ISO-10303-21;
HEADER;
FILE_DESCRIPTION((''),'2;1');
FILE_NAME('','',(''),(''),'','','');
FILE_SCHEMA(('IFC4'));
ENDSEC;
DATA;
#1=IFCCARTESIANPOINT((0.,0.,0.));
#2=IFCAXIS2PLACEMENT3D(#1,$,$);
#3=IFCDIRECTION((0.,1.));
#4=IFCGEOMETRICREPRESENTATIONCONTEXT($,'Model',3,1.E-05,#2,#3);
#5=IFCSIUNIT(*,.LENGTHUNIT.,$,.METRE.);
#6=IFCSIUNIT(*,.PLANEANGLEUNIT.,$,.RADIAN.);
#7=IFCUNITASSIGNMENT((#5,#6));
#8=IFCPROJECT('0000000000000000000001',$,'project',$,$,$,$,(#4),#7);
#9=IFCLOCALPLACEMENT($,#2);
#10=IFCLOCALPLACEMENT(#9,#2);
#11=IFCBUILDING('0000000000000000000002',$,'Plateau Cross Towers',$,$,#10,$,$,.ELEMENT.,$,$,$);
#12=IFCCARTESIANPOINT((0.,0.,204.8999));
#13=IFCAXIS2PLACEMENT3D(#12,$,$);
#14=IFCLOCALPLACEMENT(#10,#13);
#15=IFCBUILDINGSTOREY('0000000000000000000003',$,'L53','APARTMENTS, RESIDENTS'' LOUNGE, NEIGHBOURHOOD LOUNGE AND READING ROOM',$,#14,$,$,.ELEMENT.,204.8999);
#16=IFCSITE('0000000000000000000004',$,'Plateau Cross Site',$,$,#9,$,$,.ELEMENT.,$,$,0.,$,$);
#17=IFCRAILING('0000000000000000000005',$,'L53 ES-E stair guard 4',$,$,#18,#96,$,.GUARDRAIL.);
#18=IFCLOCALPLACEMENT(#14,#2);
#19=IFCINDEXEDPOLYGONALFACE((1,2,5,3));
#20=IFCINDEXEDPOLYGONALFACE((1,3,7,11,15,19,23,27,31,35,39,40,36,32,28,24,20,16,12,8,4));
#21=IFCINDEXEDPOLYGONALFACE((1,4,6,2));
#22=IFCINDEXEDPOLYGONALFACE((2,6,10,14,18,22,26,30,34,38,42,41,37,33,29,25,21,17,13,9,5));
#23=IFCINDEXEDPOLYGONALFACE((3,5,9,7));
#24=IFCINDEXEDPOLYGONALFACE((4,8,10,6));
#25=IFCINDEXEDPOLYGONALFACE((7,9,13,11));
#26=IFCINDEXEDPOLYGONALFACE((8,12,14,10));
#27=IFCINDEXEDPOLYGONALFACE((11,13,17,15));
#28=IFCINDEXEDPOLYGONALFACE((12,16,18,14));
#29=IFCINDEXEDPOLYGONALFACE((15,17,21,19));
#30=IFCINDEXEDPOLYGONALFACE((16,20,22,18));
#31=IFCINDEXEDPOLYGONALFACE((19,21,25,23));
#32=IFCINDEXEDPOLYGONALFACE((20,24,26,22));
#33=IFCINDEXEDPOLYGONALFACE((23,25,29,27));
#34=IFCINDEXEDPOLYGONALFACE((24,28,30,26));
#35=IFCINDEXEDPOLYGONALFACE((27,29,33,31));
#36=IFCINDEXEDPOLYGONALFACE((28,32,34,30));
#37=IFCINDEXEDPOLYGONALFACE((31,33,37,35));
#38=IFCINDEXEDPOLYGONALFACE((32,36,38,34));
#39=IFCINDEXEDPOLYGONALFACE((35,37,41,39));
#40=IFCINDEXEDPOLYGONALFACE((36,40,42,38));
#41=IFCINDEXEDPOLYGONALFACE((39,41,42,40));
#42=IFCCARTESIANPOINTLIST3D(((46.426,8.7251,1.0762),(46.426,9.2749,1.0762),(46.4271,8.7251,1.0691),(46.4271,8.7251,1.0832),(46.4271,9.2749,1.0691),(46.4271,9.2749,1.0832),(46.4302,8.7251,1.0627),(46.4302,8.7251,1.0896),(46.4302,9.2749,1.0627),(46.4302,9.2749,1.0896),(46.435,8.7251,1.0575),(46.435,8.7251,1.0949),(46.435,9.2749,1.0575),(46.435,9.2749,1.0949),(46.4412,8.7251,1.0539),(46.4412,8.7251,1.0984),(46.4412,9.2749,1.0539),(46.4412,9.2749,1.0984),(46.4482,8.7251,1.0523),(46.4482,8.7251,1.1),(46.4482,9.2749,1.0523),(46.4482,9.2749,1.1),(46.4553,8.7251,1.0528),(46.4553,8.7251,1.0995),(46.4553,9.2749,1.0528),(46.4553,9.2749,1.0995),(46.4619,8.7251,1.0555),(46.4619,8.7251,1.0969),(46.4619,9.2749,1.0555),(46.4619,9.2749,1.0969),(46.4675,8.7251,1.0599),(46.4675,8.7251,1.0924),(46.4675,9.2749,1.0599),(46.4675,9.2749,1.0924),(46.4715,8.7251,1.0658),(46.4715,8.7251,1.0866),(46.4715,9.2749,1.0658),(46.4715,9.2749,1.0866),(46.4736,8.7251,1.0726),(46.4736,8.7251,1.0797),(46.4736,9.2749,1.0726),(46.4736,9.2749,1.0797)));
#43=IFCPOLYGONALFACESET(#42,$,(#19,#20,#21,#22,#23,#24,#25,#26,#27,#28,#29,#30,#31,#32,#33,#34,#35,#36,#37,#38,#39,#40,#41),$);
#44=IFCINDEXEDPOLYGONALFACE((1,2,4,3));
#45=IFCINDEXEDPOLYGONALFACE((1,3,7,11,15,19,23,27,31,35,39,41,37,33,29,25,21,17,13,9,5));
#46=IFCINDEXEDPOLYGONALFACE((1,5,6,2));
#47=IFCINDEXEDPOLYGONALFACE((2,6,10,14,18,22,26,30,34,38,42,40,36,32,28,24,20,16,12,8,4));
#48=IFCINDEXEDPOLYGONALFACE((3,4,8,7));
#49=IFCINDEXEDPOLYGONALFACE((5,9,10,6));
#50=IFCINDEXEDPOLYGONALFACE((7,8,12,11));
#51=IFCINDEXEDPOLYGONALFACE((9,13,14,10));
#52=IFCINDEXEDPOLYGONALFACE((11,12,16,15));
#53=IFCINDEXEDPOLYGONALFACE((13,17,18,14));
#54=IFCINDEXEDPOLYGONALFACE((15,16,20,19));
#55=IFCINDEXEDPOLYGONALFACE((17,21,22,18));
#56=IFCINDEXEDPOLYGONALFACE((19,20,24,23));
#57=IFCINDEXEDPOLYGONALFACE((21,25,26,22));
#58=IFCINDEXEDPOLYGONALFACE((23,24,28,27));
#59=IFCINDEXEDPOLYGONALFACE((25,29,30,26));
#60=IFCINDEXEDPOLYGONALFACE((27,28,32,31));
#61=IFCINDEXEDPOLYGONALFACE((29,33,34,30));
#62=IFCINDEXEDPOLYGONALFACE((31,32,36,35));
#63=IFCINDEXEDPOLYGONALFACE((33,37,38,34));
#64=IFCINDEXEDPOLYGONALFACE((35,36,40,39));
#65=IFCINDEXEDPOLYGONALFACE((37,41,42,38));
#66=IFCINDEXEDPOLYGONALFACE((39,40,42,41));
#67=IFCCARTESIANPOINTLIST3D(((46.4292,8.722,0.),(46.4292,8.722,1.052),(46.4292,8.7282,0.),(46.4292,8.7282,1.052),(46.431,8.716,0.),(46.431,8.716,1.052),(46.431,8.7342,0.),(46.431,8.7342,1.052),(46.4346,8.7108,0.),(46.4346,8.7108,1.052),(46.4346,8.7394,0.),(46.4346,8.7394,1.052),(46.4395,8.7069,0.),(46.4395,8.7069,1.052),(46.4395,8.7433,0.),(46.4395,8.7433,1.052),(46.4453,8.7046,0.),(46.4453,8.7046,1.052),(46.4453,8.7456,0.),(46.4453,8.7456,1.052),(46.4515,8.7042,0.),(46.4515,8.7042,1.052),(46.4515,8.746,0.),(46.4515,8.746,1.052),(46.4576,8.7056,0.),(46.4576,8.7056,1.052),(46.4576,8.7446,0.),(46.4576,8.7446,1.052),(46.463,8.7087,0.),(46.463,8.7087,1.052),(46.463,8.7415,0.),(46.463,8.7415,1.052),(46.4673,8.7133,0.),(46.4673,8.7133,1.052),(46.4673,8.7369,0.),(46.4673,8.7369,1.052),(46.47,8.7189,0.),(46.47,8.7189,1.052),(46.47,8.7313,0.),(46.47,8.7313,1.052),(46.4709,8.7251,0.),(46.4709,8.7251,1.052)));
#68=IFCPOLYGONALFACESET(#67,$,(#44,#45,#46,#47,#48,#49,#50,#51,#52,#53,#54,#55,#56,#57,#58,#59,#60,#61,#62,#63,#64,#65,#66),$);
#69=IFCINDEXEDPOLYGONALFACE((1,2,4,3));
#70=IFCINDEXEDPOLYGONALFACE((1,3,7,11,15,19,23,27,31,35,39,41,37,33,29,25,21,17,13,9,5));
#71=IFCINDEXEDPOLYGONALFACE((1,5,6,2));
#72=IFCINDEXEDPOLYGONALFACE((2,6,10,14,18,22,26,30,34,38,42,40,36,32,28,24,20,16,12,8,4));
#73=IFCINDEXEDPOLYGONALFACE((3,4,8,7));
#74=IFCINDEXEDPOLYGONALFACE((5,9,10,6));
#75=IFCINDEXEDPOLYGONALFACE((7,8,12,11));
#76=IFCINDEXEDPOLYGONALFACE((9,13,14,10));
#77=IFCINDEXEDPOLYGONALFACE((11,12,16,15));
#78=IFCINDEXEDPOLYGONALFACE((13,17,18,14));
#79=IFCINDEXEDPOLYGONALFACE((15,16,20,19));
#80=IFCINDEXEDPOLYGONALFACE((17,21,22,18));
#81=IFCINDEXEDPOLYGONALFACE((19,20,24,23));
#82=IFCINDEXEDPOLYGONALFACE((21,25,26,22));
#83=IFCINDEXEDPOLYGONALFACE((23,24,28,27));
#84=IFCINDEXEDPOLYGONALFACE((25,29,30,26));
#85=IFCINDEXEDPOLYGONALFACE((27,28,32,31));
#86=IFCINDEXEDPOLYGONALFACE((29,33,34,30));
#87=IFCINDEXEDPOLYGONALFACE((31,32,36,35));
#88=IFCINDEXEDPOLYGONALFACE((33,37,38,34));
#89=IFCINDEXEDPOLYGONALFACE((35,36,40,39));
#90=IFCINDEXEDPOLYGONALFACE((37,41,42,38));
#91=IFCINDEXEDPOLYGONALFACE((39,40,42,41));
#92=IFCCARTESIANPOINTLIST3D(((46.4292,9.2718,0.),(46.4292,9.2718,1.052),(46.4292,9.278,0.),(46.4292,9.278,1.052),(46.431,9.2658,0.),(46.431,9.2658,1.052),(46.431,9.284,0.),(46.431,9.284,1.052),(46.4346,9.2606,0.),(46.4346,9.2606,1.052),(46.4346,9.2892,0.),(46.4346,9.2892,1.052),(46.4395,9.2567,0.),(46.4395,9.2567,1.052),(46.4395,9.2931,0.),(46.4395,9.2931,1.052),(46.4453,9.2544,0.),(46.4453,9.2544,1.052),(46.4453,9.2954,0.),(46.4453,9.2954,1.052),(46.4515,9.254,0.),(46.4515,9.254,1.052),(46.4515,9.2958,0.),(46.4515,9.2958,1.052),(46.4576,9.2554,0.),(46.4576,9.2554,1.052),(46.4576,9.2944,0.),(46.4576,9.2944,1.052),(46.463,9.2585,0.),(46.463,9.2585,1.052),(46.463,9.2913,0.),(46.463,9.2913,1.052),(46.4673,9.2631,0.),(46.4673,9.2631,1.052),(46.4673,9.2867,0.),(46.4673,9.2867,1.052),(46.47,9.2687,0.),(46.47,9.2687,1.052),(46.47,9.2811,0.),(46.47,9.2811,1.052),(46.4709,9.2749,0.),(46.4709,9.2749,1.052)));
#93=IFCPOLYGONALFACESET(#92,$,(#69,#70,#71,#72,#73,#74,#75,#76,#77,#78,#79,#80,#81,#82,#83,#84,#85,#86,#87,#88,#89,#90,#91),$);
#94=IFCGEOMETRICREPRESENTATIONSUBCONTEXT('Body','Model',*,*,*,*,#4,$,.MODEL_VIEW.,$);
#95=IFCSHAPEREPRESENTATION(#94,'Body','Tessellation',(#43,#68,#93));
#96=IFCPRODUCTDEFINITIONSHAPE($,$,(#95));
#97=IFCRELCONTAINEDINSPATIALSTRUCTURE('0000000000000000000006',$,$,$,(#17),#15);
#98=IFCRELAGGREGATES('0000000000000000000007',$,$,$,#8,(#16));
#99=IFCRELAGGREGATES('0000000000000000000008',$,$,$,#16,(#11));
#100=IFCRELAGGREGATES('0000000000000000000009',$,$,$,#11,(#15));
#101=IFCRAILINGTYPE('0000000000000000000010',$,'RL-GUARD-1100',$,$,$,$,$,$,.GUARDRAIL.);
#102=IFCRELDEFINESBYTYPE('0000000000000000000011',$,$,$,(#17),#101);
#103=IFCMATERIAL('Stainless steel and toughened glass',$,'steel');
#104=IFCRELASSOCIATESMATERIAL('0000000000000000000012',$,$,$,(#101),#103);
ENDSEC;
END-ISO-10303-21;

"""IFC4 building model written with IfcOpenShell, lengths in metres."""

from ifc_helpers import new_model, si_unit, direction, frame, origin, origin_2d, place, context, subcontext, project, spatial, circle, extrude, material, type_object, element, save


model = new_model("IFC4")

# Units and contexts
model_context = context("Model", 3, precision=1e-05, world=origin(), true_north=direction((0.0, 1.0)))
body_context = subcontext(model_context, "Body", "Model", "MODEL_VIEW")
ifc_project = project(units=[si_unit("LENGTHUNIT", "METRE"), si_unit("PLANEANGLEUNIT", "RADIAN")], contexts=[model_context])

# Site, building, storey
site_placement = place(None, origin())
site = spatial("IfcSite", under=ifc_project, at=site_placement, Name="Plateau Cross Site", CompositionType="ELEMENT", RefElevation=0.0)
building_placement = place(site_placement, origin())
building = spatial("IfcBuilding", under=site, at=building_placement, Name="Plateau Cross Towers", CompositionType="ELEMENT")
storey_placement = place(building_placement, frame((0.0, 0.0, 204.8999)))
storey = spatial("IfcBuildingStorey", under=building, at=storey_placement, Name="L53", Description="APARTMENTS, RESIDENTS' LOUNGE, NEIGHBOURHOOD LOUNGE AND READING ROOM", CompositionType="ELEMENT", Elevation=204.8999)

# Railing
ifc_material_1 = material(Name="Stainless steel and toughened glass", Category="steel")
railing_type_1 = type_object("IfcRailingType", Name="RL-GUARD-1100", PredefinedType="GUARDRAIL", material=ifc_material_1)
railing_1_placement = place(storey_placement, frame((46.45, 8.7251, 0.0)))
element("IfcRailing", 1, at=railing_1_placement, inside=storey, type_object=railing_type_1, Name="L53 ES-E stair guard 4", PredefinedType="GUARDRAIL", context=body_context, shape_type="SweptSolid", body=[
    extrude(circle(Radius=0.0239, at=origin_2d()), frame((0.0, 0.0, 1.0762), z_axis=(0.0, 1.0, 0.0), x_axis=(-1.0, 0.0, 0.0)), (0.0, 0.0, 1.0), 0.5498),
    extrude(circle(Radius=0.021, at=origin_2d()), origin(), (0.0, 0.0, 1.0), 1.052),
    extrude(circle(Radius=0.021, at=origin_2d()), frame((0.0, 0.5498, 0.0)), (0.0, 0.0, 1.0), 1.052),
])

save(model, "model.ifc")
